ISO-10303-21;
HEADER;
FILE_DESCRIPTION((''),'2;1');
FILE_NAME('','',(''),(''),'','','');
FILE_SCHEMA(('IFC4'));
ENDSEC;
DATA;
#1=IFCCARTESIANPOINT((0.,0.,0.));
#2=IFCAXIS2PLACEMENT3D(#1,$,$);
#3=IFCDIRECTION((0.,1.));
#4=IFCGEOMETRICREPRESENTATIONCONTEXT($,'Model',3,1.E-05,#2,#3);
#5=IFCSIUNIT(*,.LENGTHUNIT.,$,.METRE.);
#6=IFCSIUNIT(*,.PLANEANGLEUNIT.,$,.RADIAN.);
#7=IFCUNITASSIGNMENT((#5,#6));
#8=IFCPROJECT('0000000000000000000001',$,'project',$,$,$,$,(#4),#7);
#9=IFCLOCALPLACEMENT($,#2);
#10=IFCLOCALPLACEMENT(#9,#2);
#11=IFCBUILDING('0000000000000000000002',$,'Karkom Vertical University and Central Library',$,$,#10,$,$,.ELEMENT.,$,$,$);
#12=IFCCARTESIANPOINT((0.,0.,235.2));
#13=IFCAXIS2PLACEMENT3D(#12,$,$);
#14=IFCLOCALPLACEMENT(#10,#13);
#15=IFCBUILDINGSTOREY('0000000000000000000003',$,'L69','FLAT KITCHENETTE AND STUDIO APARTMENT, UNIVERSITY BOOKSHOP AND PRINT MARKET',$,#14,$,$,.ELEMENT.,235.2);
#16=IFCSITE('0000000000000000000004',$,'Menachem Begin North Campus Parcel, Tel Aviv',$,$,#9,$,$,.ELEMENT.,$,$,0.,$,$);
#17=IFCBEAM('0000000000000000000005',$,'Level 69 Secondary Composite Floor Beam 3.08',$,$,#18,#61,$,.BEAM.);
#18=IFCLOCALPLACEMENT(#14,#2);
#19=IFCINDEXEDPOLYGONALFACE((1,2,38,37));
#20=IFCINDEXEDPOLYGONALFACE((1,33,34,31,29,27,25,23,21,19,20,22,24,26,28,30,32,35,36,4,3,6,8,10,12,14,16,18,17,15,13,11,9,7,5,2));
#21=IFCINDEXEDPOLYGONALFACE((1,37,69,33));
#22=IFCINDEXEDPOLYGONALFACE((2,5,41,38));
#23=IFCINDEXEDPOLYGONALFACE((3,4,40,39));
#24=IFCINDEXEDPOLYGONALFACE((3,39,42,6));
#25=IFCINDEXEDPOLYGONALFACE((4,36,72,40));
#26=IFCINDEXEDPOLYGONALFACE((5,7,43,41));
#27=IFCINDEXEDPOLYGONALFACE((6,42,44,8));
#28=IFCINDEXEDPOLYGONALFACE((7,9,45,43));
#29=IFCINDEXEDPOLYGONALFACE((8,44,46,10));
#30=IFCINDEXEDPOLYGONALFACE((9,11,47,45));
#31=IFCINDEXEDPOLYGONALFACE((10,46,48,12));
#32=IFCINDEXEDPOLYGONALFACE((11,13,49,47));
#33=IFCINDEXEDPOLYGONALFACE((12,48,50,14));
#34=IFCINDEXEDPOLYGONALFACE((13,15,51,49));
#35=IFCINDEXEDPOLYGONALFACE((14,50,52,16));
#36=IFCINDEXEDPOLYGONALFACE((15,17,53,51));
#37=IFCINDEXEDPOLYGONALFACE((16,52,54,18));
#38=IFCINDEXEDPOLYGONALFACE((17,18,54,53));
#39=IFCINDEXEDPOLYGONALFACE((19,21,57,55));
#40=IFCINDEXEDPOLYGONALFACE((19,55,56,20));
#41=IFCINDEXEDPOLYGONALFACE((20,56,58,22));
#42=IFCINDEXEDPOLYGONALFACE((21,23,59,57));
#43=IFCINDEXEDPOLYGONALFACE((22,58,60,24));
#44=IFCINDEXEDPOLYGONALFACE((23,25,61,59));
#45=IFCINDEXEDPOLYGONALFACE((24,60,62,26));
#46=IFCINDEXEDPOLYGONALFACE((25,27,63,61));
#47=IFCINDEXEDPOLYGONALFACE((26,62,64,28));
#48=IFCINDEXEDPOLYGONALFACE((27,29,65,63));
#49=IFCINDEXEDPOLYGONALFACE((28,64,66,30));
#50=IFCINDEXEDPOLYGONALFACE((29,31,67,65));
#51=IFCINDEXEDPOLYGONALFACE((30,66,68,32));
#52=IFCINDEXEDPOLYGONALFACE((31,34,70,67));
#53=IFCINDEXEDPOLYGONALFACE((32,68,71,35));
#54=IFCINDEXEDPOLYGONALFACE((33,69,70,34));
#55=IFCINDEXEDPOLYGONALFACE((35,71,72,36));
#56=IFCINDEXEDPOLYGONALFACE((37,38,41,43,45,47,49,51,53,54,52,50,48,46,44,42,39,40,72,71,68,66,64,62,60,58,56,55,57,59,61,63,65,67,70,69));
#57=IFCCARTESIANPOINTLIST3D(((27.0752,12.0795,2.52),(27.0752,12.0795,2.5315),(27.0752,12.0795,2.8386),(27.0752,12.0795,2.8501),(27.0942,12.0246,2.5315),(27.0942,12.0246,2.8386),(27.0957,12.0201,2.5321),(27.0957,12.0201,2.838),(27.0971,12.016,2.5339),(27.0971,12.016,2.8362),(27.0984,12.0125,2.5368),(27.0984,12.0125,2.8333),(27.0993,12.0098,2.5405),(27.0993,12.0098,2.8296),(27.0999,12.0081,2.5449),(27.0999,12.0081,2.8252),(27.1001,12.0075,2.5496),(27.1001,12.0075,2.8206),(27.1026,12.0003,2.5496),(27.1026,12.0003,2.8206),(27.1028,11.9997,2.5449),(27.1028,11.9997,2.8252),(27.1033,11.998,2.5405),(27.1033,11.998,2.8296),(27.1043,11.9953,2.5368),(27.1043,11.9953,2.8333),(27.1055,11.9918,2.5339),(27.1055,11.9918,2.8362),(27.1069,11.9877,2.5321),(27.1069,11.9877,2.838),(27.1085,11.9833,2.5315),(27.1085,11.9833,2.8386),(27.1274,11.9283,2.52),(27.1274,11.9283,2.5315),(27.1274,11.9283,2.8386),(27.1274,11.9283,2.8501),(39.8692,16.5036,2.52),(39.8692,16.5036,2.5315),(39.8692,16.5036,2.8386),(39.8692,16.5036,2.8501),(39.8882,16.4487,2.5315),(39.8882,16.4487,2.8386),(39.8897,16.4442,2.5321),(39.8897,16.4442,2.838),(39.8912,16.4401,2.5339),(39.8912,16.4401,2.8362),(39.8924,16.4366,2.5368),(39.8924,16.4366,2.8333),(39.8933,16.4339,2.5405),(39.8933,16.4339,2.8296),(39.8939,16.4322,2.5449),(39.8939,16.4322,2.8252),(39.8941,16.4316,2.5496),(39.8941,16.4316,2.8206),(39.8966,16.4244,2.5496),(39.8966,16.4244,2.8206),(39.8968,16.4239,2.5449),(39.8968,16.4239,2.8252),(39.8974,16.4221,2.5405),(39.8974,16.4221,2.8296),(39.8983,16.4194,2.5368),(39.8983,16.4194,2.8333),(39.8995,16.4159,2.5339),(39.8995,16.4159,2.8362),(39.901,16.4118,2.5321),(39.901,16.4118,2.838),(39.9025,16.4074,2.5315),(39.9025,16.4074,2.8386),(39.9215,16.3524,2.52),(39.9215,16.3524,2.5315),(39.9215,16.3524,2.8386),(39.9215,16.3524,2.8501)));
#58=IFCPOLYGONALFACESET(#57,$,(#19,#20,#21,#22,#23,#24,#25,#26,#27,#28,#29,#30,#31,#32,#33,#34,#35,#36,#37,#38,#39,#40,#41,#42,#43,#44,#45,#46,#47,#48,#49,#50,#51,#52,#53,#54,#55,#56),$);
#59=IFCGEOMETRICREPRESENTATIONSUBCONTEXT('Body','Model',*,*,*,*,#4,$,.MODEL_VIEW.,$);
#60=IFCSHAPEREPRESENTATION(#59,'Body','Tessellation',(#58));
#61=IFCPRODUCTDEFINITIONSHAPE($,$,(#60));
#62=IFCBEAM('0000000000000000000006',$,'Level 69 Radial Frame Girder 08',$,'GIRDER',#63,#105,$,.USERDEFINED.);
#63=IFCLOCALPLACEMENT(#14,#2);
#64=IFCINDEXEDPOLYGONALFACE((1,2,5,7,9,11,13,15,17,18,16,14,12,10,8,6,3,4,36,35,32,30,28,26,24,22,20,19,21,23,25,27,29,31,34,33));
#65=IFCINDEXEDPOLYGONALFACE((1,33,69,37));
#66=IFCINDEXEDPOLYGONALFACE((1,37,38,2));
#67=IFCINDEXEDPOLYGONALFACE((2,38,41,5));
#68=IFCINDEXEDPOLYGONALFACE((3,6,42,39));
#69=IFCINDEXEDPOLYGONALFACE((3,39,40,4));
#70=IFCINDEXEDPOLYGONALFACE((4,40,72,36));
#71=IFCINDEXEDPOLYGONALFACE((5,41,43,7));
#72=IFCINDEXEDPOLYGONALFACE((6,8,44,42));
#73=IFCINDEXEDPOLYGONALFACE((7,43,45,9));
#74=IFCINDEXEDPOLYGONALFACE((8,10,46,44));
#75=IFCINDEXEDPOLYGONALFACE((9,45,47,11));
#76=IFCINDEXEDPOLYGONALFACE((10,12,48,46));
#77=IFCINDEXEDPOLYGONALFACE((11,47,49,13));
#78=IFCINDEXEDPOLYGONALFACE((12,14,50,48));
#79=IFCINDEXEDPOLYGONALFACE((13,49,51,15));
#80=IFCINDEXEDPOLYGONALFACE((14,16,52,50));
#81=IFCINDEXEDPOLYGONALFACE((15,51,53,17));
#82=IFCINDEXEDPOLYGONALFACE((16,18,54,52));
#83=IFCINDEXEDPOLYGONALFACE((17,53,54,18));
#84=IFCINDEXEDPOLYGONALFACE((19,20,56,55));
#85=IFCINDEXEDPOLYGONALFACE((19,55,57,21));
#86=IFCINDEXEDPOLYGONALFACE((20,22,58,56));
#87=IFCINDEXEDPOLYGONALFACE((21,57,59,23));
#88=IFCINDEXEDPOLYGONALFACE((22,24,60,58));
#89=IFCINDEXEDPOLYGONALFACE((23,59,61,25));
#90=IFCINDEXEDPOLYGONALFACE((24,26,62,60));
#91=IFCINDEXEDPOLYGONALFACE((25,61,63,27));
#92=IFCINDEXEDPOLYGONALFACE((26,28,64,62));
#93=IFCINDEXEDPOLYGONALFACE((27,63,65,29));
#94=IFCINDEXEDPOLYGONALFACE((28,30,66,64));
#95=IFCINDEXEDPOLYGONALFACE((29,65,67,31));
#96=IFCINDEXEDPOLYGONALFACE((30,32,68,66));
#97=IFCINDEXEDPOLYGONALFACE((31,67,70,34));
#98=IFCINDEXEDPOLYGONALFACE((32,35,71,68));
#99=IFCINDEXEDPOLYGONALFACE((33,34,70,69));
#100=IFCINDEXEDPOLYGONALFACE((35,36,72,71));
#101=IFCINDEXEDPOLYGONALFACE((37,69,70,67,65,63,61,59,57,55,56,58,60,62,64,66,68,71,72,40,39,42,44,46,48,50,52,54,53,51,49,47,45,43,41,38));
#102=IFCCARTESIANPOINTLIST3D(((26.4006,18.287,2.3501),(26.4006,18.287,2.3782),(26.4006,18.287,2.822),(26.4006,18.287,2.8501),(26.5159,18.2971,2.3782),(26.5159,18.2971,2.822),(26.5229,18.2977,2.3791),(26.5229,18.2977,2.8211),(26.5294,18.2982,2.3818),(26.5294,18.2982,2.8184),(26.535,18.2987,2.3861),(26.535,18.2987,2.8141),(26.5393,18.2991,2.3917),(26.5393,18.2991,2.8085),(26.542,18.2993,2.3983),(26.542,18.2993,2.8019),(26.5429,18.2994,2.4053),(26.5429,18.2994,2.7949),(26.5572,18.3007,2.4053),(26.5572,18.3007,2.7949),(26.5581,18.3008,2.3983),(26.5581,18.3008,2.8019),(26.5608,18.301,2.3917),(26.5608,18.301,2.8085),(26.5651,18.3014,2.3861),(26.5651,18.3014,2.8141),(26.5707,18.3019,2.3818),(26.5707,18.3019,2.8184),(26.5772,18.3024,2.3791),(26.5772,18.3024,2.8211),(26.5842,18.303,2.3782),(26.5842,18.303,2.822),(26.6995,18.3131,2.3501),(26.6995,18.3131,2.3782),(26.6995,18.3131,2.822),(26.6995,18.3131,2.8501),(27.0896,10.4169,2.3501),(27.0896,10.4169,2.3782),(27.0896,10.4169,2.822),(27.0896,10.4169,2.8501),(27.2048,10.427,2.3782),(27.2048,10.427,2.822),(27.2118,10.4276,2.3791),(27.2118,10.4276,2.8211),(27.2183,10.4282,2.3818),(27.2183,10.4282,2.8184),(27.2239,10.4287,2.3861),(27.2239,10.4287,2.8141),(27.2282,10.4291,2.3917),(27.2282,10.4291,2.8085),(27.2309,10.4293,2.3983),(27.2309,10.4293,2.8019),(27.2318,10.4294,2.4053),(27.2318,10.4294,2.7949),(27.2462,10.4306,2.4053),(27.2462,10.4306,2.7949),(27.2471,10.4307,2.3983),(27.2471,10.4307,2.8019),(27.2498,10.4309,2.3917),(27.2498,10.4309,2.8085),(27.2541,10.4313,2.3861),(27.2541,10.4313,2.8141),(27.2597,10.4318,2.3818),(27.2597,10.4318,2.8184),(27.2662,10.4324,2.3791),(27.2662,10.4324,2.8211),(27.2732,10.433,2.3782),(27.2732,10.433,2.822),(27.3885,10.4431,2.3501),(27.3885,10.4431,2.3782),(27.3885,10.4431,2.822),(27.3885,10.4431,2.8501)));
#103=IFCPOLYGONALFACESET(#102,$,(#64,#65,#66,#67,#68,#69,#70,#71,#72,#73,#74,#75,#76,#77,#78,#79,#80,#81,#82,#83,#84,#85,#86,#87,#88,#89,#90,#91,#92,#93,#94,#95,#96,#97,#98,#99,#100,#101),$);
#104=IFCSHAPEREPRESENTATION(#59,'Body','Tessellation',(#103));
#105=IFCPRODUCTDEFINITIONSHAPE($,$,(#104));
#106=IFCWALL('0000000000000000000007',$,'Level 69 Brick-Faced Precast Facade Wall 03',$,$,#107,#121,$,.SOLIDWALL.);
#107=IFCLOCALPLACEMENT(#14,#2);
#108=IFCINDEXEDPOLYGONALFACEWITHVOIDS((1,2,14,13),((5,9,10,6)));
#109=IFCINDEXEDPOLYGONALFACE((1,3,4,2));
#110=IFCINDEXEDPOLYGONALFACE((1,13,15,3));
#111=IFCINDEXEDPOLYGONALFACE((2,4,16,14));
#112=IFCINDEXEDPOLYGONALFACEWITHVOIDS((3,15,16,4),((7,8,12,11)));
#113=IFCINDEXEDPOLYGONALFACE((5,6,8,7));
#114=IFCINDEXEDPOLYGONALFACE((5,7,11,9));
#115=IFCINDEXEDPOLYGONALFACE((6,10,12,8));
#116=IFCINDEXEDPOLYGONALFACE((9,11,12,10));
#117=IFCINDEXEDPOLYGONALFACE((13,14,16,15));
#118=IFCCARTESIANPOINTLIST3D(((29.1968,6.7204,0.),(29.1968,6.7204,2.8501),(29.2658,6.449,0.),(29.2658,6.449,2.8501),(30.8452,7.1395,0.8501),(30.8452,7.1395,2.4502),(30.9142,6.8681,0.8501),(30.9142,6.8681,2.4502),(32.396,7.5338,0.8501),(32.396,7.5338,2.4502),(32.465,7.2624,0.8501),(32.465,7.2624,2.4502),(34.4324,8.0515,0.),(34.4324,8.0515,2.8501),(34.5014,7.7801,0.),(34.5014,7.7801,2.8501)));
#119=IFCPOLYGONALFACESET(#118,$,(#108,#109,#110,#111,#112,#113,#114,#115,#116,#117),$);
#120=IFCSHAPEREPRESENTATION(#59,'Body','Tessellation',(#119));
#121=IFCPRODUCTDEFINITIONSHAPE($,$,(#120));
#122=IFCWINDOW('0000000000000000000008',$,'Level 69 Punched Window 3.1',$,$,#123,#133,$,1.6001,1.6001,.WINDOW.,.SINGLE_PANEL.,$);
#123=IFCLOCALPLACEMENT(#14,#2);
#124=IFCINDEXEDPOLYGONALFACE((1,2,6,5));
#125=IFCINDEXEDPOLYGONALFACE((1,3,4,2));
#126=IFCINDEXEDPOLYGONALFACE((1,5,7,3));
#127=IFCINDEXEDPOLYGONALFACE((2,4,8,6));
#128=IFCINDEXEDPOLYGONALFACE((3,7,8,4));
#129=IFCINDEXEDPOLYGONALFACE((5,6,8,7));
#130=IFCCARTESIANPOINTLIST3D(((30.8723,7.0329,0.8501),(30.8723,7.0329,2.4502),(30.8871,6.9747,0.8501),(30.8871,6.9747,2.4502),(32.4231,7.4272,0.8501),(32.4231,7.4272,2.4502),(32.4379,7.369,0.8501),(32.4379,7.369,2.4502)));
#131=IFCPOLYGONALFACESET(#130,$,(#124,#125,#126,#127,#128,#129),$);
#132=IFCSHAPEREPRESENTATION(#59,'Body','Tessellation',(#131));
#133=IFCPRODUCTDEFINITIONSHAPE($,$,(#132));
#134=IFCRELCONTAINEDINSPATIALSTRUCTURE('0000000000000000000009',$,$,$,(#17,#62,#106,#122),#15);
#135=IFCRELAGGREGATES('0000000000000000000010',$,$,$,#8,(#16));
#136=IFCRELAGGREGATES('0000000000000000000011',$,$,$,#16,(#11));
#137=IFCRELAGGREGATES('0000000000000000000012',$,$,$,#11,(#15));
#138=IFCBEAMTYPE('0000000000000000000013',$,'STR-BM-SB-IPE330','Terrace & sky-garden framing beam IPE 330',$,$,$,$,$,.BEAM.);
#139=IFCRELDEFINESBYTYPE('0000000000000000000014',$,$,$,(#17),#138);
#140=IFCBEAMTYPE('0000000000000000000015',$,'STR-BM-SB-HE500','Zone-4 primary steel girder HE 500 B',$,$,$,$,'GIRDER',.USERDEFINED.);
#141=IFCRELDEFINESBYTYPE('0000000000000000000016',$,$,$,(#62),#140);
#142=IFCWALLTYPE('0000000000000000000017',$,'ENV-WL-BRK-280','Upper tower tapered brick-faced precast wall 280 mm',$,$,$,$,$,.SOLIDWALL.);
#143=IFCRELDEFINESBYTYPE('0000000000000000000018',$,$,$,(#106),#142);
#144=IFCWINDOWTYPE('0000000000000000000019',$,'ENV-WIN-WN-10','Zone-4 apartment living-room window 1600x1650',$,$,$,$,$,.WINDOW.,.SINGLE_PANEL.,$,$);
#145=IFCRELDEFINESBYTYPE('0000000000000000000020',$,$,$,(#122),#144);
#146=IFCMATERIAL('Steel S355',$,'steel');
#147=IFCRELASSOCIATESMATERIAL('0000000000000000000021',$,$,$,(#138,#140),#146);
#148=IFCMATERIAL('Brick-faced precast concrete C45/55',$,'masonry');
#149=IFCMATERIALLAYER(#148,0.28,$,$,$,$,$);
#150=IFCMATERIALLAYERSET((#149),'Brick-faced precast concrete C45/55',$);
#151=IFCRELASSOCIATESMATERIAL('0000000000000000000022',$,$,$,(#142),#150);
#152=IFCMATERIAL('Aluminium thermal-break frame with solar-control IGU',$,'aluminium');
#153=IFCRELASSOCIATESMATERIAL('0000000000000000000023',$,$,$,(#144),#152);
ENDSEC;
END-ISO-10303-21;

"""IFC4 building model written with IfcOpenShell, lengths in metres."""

from ifc_helpers import new_model, si_unit, direction, frame, frame_2d, origin, origin_with_axes, origin_2d, place, context, subcontext, project, spatial, rectangle, i_section, extrude, source, transform, mapped, material, layer, layer_set, material_profile, profile_set, type_object, element, fill, save


model = new_model("IFC4")

# Units and contexts
model_context = context("Model", 3, precision=1e-05, world=origin(), true_north=direction((0.0, 1.0)))
body_context = subcontext(model_context, "Body", "Model", "MODEL_VIEW")
ifc_project = project(units=[si_unit("LENGTHUNIT", "METRE"), si_unit("PLANEANGLEUNIT", "RADIAN")], contexts=[model_context])

# Site, building, storey
site_placement = place(None, origin())
site = spatial("IfcSite", under=ifc_project, at=site_placement, Name="Menachem Begin North Campus Parcel, Tel Aviv", CompositionType="ELEMENT", RefElevation=0.0)
building_placement = place(site_placement, origin())
building = spatial("IfcBuilding", under=site, at=building_placement, Name="Karkom Vertical University and Central Library", CompositionType="ELEMENT")
storey_placement = place(building_placement, frame((0.0, 0.0, 235.2)))
storey = spatial("IfcBuildingStorey", under=building, at=storey_placement, Name="L69", Description="FLAT KITCHENETTE AND STUDIO APARTMENT, UNIVERSITY BOOKSHOP AND PRINT MARKET", CompositionType="ELEMENT", Elevation=235.2)

# Beams
ifc_material_1 = material(Name="Steel S355", Category="steel")
ifc_material_profile_1 = material_profile(ifc_material_1, i_section(OverallWidth=0.1599, OverallDepth=0.3301, WebThickness=0.0076, FlangeThickness=0.0115, FilletRadius=0.0181, at=origin_2d()), Name="IPE 330")
ifc_profile_set_1 = profile_set([ifc_material_profile_1], Name="Steel S355")
beam_type_1 = type_object("IfcBeamType", Name="STR-BM-SB-IPE330", Description="Terrace & sky-garden framing beam IPE 330", PredefinedType="BEAM", material=ifc_profile_set_1)
shared_shape_1 = source(origin_with_axes(), body_context, "Body", "SweptSolid", [
    extrude(i_section(OverallWidth=0.1599, OverallDepth=0.3301, WebThickness=0.0076, FlangeThickness=0.0115, FilletRadius=0.0181, at=origin_2d()), origin(), (0.0, 0.0, 1.0), 13.5374),
])
beam_1_placement = place(storey_placement, frame((27.1013, 12.0039, 2.6851), z_axis=(0.945091, 0.326807, 0.0), x_axis=(-0.326807, 0.945091, 0.0)))
element("IfcBeam", 1, at=beam_1_placement, inside=storey, type_object=beam_type_1, Name="Level 69 Secondary Composite Floor Beam 3.08", PredefinedType="BEAM", context=body_context, shape_type="MappedRepresentation", body=[
    mapped(shared_shape_1, transform((0.0, 0.0, 0.0), scale=1.0)),
])
ifc_material_profile_2 = material_profile(ifc_material_1, i_section(OverallWidth=0.3, OverallDepth=0.5, WebThickness=0.0144, FlangeThickness=0.0281, FilletRadius=0.0271, at=origin_2d()), Name="HE 500 B")
ifc_profile_set_2 = profile_set([ifc_material_profile_2], Name="Steel S355")
beam_type_2 = type_object("IfcBeamType", Name="STR-BM-SB-HE500", Description="Zone-4 primary steel girder HE 500 B", ElementType="GIRDER", PredefinedType="USERDEFINED", material=ifc_profile_set_2)
shared_shape_2 = source(origin_with_axes(), body_context, "Body", "SweptSolid", [
    extrude(i_section(OverallWidth=0.3, OverallDepth=0.5, WebThickness=0.0144, FlangeThickness=0.0281, FilletRadius=0.0271, at=origin_2d()), origin(), (0.0, 0.0, 1.0), 7.9001),
])
beam_2_placement = place(storey_placement, frame((26.55, 18.3, 2.6001), z_axis=(0.087208, -0.99619, 0.0), x_axis=(0.99619, 0.087208, 0.0)))
element("IfcBeam", 2, at=beam_2_placement, inside=storey, type_object=beam_type_2, Name="Level 69 Radial Frame Girder 08", ObjectType="GIRDER", PredefinedType="USERDEFINED", context=body_context, shape_type="MappedRepresentation", body=[
    mapped(shared_shape_2, transform((0.0, 0.0, 0.0), scale=1.0)),
])

# Wall, opening, window
ifc_material_2 = material(Name="Brick-faced precast concrete C45/55", Category="masonry")
ifc_layer_1 = layer(ifc_material_2, 0.28)
ifc_layer_set_1 = layer_set([ifc_layer_1], Name="Brick-faced precast concrete C45/55")
wall_type_1 = type_object("IfcWallType", Name="ENV-WL-BRK-280", Description="Upper tower tapered brick-faced precast wall 280 mm", PredefinedType="SOLIDWALL", material=ifc_layer_set_1)
wall_1_placement = place(storey_placement, frame((29.2312, 6.5847, 0.0), z_axis=(0.0, 0.0, 1.0), x_axis=(0.96917, 0.246394, 0.0)))
wall_1 = element("IfcWall", 3, at=wall_1_placement, inside=storey, type_object=wall_type_1, Name="Level 69 Brick-Faced Precast Facade Wall 03", PredefinedType="SOLIDWALL", context=body_context, shape_type="SweptSolid", body=[
    extrude(rectangle(XDim=5.4021, YDim=0.28, at=frame_2d((2.7012, 0.0))), origin(), (0.0, 0.0, 1.0), 2.8501),
])
opening_1_placement = place(wall_1_placement, frame((1.7009, 0.0, 0.8501)))
opening_1 = element("IfcOpeningElement", 4, at=opening_1_placement, cuts=wall_1, PredefinedType="OPENING", context=body_context, shape_type="SweptSolid", body=[
    extrude(rectangle(XDim=1.6001, YDim=1.6001, at=frame_2d((0.8, 0.8))), frame((0.0, 0.1499, 0.0), z_axis=(0.0, -1.0, 0.0), x_axis=(1.0, 0.0, 0.0)), (0.0, 0.0, 1.0), 0.3),
])
ifc_material_3 = material(Name="Aluminium thermal-break frame with solar-control IGU", Category="aluminium")
window_type = type_object("IfcWindowType", Name="ENV-WIN-WN-10", Description="Zone-4 apartment living-room window 1600x1650", PartitioningType="SINGLE_PANEL", PredefinedType="WINDOW", material=ifc_material_3)
shared_shape_3 = source(origin_with_axes(), body_context, "Body", "SweptSolid", [
    extrude(rectangle(XDim=1.6001, YDim=1.6001, at=frame_2d((0.8, 0.8))), frame((0.0, 0.03, 0.0), z_axis=(0.0, -1.0, 0.0), x_axis=(1.0, 0.0, 0.0)), (0.0, 0.0, 1.0), 0.0601),
])
window_1_placement = place(opening_1_placement, origin())
window_1 = element("IfcWindow", 5, at=window_1_placement, inside=storey, type_object=window_type, Name="Level 69 Punched Window 3.1", OverallHeight=1.6001, OverallWidth=1.6001, PartitioningType="SINGLE_PANEL", PredefinedType="WINDOW", context=body_context, shape_type="MappedRepresentation", body=[
    mapped(shared_shape_3, transform((0.0, 0.0, 0.0), scale=1.0)),
])
fill(opening_1, window_1)

save(model, "model.ifc")
